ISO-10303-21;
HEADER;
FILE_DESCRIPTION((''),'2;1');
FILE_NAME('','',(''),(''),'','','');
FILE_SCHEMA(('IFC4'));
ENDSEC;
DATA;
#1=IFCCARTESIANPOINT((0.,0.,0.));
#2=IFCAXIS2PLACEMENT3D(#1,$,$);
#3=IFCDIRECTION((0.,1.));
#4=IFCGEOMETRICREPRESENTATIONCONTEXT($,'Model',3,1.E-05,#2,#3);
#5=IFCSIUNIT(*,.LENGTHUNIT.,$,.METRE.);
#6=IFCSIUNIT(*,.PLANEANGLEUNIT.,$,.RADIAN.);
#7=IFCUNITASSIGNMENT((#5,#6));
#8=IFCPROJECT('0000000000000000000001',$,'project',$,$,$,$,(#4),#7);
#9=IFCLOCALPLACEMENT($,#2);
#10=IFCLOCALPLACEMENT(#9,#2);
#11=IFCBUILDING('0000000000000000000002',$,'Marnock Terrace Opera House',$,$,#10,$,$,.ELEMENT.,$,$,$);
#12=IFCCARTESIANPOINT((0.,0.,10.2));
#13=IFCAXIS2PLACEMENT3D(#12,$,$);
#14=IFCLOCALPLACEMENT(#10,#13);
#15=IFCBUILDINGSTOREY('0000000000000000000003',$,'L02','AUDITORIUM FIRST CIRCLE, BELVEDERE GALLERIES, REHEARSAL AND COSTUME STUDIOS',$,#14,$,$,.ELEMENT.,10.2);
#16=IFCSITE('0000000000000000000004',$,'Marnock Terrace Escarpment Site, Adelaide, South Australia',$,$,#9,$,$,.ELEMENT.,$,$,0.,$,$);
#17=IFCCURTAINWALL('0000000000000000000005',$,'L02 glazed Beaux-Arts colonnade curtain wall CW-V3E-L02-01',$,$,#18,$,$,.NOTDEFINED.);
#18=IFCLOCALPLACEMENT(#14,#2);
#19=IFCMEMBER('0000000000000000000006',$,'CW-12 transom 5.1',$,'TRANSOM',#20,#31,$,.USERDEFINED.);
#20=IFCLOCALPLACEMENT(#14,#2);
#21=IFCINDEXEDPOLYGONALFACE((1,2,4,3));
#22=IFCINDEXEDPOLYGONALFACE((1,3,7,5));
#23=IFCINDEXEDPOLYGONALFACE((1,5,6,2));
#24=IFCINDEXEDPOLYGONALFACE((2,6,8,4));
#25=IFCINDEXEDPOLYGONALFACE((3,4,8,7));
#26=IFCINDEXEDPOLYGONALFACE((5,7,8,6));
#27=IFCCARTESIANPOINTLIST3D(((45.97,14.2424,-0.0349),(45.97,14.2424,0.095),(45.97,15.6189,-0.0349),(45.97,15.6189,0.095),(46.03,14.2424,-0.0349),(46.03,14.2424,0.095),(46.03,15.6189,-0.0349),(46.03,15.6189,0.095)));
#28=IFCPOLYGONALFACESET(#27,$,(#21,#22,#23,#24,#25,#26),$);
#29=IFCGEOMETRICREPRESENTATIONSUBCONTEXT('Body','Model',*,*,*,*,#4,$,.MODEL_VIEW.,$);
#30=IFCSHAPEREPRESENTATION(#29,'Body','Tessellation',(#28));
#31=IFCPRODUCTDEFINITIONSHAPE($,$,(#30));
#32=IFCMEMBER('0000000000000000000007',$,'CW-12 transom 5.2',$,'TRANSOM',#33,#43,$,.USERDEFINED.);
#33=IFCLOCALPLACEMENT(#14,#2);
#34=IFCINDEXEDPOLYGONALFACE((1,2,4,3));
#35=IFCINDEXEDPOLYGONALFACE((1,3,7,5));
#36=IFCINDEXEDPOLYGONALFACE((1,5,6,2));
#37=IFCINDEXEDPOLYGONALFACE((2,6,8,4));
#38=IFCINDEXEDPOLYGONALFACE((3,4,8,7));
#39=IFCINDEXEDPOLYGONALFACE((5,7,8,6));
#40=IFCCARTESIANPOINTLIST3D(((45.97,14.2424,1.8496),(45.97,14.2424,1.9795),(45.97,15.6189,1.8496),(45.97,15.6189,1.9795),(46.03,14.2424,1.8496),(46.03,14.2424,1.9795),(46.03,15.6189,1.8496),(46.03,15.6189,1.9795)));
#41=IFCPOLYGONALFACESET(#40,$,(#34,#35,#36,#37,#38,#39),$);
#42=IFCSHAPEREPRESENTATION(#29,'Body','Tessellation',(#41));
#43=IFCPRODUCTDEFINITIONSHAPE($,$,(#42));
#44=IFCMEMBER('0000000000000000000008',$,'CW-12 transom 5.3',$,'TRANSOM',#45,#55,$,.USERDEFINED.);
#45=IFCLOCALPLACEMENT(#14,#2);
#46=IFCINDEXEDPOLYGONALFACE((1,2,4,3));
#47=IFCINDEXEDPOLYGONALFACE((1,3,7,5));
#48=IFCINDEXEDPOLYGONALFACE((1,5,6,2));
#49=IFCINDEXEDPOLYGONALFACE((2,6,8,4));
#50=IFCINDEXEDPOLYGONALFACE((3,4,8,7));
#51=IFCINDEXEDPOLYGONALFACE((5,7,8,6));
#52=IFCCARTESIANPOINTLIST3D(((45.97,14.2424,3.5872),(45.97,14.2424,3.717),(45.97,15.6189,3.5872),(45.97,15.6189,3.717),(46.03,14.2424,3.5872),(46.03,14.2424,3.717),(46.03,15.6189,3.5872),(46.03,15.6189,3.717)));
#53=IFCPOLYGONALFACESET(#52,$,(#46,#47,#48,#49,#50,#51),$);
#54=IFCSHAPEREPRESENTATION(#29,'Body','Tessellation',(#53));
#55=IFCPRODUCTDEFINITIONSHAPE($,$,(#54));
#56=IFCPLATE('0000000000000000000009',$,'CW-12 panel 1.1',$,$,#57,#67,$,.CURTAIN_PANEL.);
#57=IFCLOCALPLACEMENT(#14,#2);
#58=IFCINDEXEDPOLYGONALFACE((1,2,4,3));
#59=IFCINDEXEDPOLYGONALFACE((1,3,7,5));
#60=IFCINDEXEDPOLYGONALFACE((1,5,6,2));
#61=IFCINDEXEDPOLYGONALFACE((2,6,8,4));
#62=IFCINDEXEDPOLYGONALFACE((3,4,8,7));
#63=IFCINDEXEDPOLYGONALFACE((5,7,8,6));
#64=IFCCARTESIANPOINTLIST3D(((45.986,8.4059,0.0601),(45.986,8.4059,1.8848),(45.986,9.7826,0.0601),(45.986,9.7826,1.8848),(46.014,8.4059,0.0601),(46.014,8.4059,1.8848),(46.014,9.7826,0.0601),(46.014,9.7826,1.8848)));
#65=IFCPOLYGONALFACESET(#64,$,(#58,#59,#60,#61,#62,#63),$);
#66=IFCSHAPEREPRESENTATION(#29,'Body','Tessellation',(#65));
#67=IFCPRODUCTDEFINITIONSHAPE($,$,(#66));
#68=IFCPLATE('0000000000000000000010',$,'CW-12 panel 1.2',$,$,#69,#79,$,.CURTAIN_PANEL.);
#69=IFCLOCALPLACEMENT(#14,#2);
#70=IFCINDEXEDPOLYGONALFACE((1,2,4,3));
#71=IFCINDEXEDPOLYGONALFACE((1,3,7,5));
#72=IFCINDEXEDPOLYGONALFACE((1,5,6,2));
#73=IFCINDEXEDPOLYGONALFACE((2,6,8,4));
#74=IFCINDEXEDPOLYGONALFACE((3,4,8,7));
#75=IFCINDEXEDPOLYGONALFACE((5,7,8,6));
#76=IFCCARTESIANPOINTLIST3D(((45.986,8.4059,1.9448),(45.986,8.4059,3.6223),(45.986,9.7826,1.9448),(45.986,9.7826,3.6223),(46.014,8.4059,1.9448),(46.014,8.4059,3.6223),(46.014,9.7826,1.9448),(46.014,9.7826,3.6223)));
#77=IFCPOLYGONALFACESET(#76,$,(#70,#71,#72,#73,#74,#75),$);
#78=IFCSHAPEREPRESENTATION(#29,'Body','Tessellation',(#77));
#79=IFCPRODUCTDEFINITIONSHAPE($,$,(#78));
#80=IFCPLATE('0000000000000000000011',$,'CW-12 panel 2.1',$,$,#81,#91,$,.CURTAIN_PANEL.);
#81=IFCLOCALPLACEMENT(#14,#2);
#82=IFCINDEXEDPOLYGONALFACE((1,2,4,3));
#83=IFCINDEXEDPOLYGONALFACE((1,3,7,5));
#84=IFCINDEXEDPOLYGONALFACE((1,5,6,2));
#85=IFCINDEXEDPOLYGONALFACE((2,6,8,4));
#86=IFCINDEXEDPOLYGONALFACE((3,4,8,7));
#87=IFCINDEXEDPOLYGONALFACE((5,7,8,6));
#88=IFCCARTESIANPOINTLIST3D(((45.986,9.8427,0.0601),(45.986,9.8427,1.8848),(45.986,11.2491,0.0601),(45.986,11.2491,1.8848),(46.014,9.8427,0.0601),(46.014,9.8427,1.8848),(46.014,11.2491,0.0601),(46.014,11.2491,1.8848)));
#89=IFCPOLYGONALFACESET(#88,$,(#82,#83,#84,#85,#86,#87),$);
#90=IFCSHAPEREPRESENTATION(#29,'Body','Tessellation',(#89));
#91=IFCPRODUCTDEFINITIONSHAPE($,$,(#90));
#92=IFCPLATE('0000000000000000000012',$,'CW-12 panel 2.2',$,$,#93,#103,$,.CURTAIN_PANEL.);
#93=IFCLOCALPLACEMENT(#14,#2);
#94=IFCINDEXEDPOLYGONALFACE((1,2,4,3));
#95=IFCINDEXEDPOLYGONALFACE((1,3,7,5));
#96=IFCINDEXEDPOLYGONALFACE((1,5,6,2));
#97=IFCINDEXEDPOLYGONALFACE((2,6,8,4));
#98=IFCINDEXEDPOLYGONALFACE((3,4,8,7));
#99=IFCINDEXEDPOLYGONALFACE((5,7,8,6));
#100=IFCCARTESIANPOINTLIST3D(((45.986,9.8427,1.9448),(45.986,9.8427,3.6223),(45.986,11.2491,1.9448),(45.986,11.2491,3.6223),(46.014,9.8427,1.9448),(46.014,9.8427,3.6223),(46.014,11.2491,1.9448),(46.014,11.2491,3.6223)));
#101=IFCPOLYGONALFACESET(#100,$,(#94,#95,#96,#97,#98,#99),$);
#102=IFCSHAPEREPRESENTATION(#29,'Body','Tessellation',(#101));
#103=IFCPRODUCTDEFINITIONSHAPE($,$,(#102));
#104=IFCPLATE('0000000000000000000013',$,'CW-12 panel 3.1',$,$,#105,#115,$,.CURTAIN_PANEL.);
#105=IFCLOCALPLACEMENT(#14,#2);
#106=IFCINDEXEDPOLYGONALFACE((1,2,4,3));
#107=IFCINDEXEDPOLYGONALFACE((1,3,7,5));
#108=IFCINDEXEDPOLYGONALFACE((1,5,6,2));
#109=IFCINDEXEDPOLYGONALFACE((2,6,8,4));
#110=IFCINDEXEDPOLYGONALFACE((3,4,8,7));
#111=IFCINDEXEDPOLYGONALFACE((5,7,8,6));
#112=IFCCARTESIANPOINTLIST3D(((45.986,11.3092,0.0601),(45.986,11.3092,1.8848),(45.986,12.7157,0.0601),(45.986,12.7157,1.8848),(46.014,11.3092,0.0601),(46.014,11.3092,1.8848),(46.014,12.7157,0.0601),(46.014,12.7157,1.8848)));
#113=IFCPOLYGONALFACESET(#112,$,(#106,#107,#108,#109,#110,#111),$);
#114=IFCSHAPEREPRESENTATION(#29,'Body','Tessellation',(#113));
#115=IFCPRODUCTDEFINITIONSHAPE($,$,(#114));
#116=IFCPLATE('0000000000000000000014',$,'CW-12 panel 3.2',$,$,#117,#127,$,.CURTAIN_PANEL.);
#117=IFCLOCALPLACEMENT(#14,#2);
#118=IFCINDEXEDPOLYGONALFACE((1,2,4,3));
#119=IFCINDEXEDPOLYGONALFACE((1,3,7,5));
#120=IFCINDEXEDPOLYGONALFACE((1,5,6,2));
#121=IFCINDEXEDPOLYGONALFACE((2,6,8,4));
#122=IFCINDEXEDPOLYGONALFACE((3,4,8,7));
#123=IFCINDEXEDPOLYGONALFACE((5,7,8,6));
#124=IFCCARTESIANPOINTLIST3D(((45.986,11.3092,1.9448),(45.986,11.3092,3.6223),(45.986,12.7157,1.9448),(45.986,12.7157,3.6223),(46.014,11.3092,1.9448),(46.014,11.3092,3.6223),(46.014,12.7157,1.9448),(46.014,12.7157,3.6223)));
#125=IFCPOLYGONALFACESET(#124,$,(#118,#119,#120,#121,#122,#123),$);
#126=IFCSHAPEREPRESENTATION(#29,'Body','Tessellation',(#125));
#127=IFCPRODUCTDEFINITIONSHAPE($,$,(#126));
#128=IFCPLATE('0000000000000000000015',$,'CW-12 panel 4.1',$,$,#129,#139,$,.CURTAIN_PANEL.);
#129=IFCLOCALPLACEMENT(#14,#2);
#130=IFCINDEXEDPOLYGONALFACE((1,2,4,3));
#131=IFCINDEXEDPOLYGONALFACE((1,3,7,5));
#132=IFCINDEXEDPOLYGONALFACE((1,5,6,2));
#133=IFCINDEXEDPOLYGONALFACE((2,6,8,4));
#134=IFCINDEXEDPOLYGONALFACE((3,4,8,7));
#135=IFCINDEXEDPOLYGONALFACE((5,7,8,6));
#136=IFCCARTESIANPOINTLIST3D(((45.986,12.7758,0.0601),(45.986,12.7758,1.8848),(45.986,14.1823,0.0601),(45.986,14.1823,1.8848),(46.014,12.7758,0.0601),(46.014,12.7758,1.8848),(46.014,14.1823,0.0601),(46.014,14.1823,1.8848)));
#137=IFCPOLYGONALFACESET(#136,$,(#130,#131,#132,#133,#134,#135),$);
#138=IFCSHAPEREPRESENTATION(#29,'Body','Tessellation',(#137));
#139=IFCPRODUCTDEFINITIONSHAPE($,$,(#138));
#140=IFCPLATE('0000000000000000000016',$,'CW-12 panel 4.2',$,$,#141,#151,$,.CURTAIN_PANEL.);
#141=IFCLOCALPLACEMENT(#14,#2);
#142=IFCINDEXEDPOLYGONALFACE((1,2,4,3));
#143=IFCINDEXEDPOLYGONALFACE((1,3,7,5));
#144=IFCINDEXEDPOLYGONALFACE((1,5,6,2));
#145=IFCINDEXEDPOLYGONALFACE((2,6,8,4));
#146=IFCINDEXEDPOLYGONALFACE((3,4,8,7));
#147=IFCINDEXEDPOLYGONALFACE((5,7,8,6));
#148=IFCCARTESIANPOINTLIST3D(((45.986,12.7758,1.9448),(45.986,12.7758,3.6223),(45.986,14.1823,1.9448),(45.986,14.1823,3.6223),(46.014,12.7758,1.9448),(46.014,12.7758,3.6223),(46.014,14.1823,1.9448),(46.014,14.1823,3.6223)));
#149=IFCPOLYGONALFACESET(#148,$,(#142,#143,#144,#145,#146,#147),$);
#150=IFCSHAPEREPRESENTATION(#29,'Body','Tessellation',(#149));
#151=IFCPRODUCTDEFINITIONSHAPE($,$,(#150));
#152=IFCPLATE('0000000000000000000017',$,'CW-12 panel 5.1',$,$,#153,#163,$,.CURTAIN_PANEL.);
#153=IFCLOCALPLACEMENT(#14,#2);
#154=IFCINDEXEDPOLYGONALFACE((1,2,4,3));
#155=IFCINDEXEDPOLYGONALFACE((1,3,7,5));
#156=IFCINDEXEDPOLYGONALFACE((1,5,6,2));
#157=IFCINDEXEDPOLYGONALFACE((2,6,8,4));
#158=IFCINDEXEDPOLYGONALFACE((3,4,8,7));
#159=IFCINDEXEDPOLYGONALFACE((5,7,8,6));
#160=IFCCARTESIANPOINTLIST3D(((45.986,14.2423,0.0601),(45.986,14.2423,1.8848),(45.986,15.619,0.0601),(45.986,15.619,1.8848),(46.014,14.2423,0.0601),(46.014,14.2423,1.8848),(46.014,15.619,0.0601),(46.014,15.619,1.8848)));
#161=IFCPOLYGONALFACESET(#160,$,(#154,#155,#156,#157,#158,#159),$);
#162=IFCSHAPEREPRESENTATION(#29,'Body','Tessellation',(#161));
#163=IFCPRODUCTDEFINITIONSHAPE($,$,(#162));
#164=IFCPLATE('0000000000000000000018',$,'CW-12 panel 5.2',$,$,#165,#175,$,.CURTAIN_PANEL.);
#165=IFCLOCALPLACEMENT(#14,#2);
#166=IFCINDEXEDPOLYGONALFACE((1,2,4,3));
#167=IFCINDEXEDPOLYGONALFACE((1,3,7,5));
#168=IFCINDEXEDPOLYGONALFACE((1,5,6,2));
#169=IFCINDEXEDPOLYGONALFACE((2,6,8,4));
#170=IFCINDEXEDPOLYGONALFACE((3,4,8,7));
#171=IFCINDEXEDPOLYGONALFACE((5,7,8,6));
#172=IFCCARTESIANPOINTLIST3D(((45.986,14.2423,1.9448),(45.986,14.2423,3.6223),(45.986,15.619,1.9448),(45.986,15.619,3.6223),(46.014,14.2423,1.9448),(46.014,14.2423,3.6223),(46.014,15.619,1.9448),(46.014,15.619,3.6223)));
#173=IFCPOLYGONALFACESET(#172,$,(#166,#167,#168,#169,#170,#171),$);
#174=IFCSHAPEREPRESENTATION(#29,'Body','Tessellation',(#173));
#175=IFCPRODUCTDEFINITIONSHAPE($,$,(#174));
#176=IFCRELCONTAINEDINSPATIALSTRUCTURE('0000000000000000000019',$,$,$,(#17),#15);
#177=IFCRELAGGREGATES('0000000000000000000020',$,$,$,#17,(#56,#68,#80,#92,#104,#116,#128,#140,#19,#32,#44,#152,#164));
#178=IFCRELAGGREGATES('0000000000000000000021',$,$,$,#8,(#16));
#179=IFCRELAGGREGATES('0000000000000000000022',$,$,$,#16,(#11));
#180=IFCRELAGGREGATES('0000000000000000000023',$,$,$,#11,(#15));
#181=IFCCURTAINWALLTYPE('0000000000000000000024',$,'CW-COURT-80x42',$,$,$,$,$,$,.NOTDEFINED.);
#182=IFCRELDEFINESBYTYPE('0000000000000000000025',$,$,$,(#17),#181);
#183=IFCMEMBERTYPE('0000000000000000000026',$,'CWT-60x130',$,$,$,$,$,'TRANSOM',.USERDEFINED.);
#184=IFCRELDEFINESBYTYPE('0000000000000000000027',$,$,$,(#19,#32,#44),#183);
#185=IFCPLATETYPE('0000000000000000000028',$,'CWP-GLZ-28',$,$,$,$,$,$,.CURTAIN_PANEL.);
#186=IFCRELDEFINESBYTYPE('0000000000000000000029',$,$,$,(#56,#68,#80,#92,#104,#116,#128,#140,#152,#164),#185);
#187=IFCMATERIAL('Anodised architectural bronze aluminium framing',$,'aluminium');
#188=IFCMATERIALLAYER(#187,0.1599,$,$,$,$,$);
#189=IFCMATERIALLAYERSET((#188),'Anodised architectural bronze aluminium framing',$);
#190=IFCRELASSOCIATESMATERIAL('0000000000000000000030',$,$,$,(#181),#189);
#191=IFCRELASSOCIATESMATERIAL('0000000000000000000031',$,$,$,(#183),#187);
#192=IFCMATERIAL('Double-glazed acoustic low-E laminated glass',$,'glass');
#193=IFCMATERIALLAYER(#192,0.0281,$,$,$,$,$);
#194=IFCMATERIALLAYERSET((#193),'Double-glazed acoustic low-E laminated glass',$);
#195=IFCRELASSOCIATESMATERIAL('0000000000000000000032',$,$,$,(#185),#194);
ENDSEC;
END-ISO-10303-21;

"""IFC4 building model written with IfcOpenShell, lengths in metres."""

from ifc_helpers import new_model, si_unit, direction, frame, origin, origin_2d, place, context, subcontext, project, spatial, rectangle, extrude, material, layer, layer_set, material_profile, profile_set, type_object, element, aggregate, save


model = new_model("IFC4")

# Units and contexts
model_context = context("Model", 3, precision=1e-05, world=origin(), true_north=direction((0.0, 1.0)))
body_context = subcontext(model_context, "Body", "Model", "MODEL_VIEW")
ifc_project = project(units=[si_unit("LENGTHUNIT", "METRE"), si_unit("PLANEANGLEUNIT", "RADIAN")], contexts=[model_context])

# Site, building, storey
site_placement = place(None, origin())
site = spatial("IfcSite", under=ifc_project, at=site_placement, Name="Marnock Terrace Escarpment Site, Adelaide, South Australia", CompositionType="ELEMENT", RefElevation=0.0)
building_placement = place(site_placement, origin())
building = spatial("IfcBuilding", under=site, at=building_placement, Name="Marnock Terrace Opera House", CompositionType="ELEMENT")
storey_placement = place(building_placement, frame((0.0, 0.0, 10.2)))
storey = spatial("IfcBuildingStorey", under=building, at=storey_placement, Name="L02", Description="AUDITORIUM FIRST CIRCLE, BELVEDERE GALLERIES, REHEARSAL AND COSTUME STUDIOS", CompositionType="ELEMENT", Elevation=10.2)

# Curtain wall, members, plates
ifc_material_1 = material(Name="Anodised architectural bronze aluminium framing", Category="aluminium")
ifc_layer_1 = layer(ifc_material_1, 0.1599)
ifc_layer_set_1 = layer_set([ifc_layer_1], Name="Anodised architectural bronze aluminium framing")
curtain_wall_type = type_object("IfcCurtainWallType", Name="CW-COURT-80x42", PredefinedType="NOTDEFINED", material=ifc_layer_set_1)
curtain_wall_placement = place(storey_placement, origin())
curtain_wall = element("IfcCurtainWall", 1, at=curtain_wall_placement, inside=storey, type_object=curtain_wall_type, Name="L02 glazed Beaux-Arts colonnade curtain wall CW-V3E-L02-01", PredefinedType="NOTDEFINED")
ifc_material_profile_1 = material_profile(ifc_material_1, rectangle(XDim=0.0601, YDim=0.1299, at=origin_2d()))
ifc_profile_set_1 = profile_set([ifc_material_profile_1], Name="Anodised architectural bronze aluminium framing")
member_type_1 = type_object("IfcMemberType", Name="CWT-60x130", ElementType="TRANSOM", PredefinedType="USERDEFINED", material=ifc_profile_set_1)
member_1_placement = place(storey_placement, frame((46.0, 14.2424, 0.03), z_axis=(0.0, 1.0, 0.0), x_axis=(-1.0, 0.0, 0.0)))
member_1 = element("IfcMember", 2, at=member_1_placement, type_object=member_type_1, Name="CW-12 transom 5.1", ObjectType="TRANSOM", PredefinedType="USERDEFINED", context=body_context, shape_type="SweptSolid", body=[
    extrude(rectangle(XDim=0.0601, YDim=0.1299, at=origin_2d()), origin(), (0.0, 0.0, 1.0), 1.3765),
])
member_2_placement = place(storey_placement, frame((46.0, 14.2424, 1.9146), z_axis=(0.0, 1.0, 0.0), x_axis=(-1.0, 0.0, 0.0)))
member_2 = element("IfcMember", 3, at=member_2_placement, type_object=member_type_1, Name="CW-12 transom 5.2", ObjectType="TRANSOM", PredefinedType="USERDEFINED", context=body_context, shape_type="SweptSolid", body=[
    extrude(rectangle(XDim=0.0601, YDim=0.1299, at=origin_2d()), origin(), (0.0, 0.0, 1.0), 1.3765),
])
member_3_placement = place(storey_placement, frame((46.0, 14.2424, 3.6521), z_axis=(0.0, 1.0, 0.0), x_axis=(-1.0, 0.0, 0.0)))
member_3 = element("IfcMember", 4, at=member_3_placement, type_object=member_type_1, Name="CW-12 transom 5.3", ObjectType="TRANSOM", PredefinedType="USERDEFINED", context=body_context, shape_type="SweptSolid", body=[
    extrude(rectangle(XDim=0.0601, YDim=0.1299, at=origin_2d()), origin(), (0.0, 0.0, 1.0), 1.3765),
])
ifc_material_2 = material(Name="Double-glazed acoustic low-E laminated glass", Category="glass")
ifc_layer_2 = layer(ifc_material_2, 0.0281)
ifc_layer_set_2 = layer_set([ifc_layer_2], Name="Double-glazed acoustic low-E laminated glass")
plate_type = type_object("IfcPlateType", Name="CWP-GLZ-28", PredefinedType="CURTAIN_PANEL", material=ifc_layer_set_2)
plate_1_placement = place(storey_placement, frame((46.0, 9.0942, 0.0601), z_axis=(0.0, 0.0, 1.0), x_axis=(0.0, 1.0, 0.0)))
plate_1 = element("IfcPlate", 5, at=plate_1_placement, type_object=plate_type, Name="CW-12 panel 1.1", PredefinedType="CURTAIN_PANEL", context=body_context, shape_type="SweptSolid", body=[
    extrude(rectangle(XDim=1.3767, YDim=0.0281, at=origin_2d()), origin(), (0.0, 0.0, 1.0), 1.8247),
])
plate_2_placement = place(storey_placement, frame((46.0, 9.0942, 1.9448), z_axis=(0.0, 0.0, 1.0), x_axis=(0.0, 1.0, 0.0)))
plate_2 = element("IfcPlate", 6, at=plate_2_placement, type_object=plate_type, Name="CW-12 panel 1.2", PredefinedType="CURTAIN_PANEL", context=body_context, shape_type="SweptSolid", body=[
    extrude(rectangle(XDim=1.3767, YDim=0.0281, at=origin_2d()), origin(), (0.0, 0.0, 1.0), 1.6775),
])
plate_3_placement = place(storey_placement, frame((46.0, 10.5459, 0.0601), z_axis=(0.0, 0.0, 1.0), x_axis=(0.0, 1.0, 0.0)))
plate_3 = element("IfcPlate", 7, at=plate_3_placement, type_object=plate_type, Name="CW-12 panel 2.1", PredefinedType="CURTAIN_PANEL", context=body_context, shape_type="SweptSolid", body=[
    extrude(rectangle(XDim=1.4065, YDim=0.0281, at=origin_2d()), origin(), (0.0, 0.0, 1.0), 1.8247),
])
plate_4_placement = place(storey_placement, frame((46.0, 10.5459, 1.9448), z_axis=(0.0, 0.0, 1.0), x_axis=(0.0, 1.0, 0.0)))
plate_4 = element("IfcPlate", 8, at=plate_4_placement, type_object=plate_type, Name="CW-12 panel 2.2", PredefinedType="CURTAIN_PANEL", context=body_context, shape_type="SweptSolid", body=[
    extrude(rectangle(XDim=1.4065, YDim=0.0281, at=origin_2d()), origin(), (0.0, 0.0, 1.0), 1.6775),
])
plate_5_placement = place(storey_placement, frame((46.0, 12.0125, 0.0601), z_axis=(0.0, 0.0, 1.0), x_axis=(0.0, 1.0, 0.0)))
plate_5 = element("IfcPlate", 9, at=plate_5_placement, type_object=plate_type, Name="CW-12 panel 3.1", PredefinedType="CURTAIN_PANEL", context=body_context, shape_type="SweptSolid", body=[
    extrude(rectangle(XDim=1.4065, YDim=0.0281, at=origin_2d()), origin(), (0.0, 0.0, 1.0), 1.8247),
])
plate_6_placement = place(storey_placement, frame((46.0, 12.0125, 1.9448), z_axis=(0.0, 0.0, 1.0), x_axis=(0.0, 1.0, 0.0)))
plate_6 = element("IfcPlate", 10, at=plate_6_placement, type_object=plate_type, Name="CW-12 panel 3.2", PredefinedType="CURTAIN_PANEL", context=body_context, shape_type="SweptSolid", body=[
    extrude(rectangle(XDim=1.4065, YDim=0.0281, at=origin_2d()), origin(), (0.0, 0.0, 1.0), 1.6775),
])
plate_7_placement = place(storey_placement, frame((46.0, 13.479, 0.0601), z_axis=(0.0, 0.0, 1.0), x_axis=(0.0, 1.0, 0.0)))
plate_7 = element("IfcPlate", 11, at=plate_7_placement, type_object=plate_type, Name="CW-12 panel 4.1", PredefinedType="CURTAIN_PANEL", context=body_context, shape_type="SweptSolid", body=[
    extrude(rectangle(XDim=1.4065, YDim=0.0281, at=origin_2d()), origin(), (0.0, 0.0, 1.0), 1.8247),
])
plate_8_placement = place(storey_placement, frame((46.0, 13.479, 1.9448), z_axis=(0.0, 0.0, 1.0), x_axis=(0.0, 1.0, 0.0)))
plate_8 = element("IfcPlate", 12, at=plate_8_placement, type_object=plate_type, Name="CW-12 panel 4.2", PredefinedType="CURTAIN_PANEL", context=body_context, shape_type="SweptSolid", body=[
    extrude(rectangle(XDim=1.4065, YDim=0.0281, at=origin_2d()), origin(), (0.0, 0.0, 1.0), 1.6775),
])
plate_9_placement = place(storey_placement, frame((46.0, 14.9307, 0.0601), z_axis=(0.0, 0.0, 1.0), x_axis=(0.0, 1.0, 0.0)))
plate_9 = element("IfcPlate", 13, at=plate_9_placement, type_object=plate_type, Name="CW-12 panel 5.1", PredefinedType="CURTAIN_PANEL", context=body_context, shape_type="SweptSolid", body=[
    extrude(rectangle(XDim=1.3767, YDim=0.0281, at=origin_2d()), origin(), (0.0, 0.0, 1.0), 1.8247),
])
plate_10_placement = place(storey_placement, frame((46.0, 14.9307, 1.9448), z_axis=(0.0, 0.0, 1.0), x_axis=(0.0, 1.0, 0.0)))
plate_10 = element("IfcPlate", 14, at=plate_10_placement, type_object=plate_type, Name="CW-12 panel 5.2", PredefinedType="CURTAIN_PANEL", context=body_context, shape_type="SweptSolid", body=[
    extrude(rectangle(XDim=1.3767, YDim=0.0281, at=origin_2d()), origin(), (0.0, 0.0, 1.0), 1.6775),
])
aggregate(curtain_wall, [plate_1, plate_2, plate_3, plate_4, plate_5, plate_6, plate_7, plate_8, member_1, member_2, member_3, plate_9, plate_10])

save(model, "model.ifc")
